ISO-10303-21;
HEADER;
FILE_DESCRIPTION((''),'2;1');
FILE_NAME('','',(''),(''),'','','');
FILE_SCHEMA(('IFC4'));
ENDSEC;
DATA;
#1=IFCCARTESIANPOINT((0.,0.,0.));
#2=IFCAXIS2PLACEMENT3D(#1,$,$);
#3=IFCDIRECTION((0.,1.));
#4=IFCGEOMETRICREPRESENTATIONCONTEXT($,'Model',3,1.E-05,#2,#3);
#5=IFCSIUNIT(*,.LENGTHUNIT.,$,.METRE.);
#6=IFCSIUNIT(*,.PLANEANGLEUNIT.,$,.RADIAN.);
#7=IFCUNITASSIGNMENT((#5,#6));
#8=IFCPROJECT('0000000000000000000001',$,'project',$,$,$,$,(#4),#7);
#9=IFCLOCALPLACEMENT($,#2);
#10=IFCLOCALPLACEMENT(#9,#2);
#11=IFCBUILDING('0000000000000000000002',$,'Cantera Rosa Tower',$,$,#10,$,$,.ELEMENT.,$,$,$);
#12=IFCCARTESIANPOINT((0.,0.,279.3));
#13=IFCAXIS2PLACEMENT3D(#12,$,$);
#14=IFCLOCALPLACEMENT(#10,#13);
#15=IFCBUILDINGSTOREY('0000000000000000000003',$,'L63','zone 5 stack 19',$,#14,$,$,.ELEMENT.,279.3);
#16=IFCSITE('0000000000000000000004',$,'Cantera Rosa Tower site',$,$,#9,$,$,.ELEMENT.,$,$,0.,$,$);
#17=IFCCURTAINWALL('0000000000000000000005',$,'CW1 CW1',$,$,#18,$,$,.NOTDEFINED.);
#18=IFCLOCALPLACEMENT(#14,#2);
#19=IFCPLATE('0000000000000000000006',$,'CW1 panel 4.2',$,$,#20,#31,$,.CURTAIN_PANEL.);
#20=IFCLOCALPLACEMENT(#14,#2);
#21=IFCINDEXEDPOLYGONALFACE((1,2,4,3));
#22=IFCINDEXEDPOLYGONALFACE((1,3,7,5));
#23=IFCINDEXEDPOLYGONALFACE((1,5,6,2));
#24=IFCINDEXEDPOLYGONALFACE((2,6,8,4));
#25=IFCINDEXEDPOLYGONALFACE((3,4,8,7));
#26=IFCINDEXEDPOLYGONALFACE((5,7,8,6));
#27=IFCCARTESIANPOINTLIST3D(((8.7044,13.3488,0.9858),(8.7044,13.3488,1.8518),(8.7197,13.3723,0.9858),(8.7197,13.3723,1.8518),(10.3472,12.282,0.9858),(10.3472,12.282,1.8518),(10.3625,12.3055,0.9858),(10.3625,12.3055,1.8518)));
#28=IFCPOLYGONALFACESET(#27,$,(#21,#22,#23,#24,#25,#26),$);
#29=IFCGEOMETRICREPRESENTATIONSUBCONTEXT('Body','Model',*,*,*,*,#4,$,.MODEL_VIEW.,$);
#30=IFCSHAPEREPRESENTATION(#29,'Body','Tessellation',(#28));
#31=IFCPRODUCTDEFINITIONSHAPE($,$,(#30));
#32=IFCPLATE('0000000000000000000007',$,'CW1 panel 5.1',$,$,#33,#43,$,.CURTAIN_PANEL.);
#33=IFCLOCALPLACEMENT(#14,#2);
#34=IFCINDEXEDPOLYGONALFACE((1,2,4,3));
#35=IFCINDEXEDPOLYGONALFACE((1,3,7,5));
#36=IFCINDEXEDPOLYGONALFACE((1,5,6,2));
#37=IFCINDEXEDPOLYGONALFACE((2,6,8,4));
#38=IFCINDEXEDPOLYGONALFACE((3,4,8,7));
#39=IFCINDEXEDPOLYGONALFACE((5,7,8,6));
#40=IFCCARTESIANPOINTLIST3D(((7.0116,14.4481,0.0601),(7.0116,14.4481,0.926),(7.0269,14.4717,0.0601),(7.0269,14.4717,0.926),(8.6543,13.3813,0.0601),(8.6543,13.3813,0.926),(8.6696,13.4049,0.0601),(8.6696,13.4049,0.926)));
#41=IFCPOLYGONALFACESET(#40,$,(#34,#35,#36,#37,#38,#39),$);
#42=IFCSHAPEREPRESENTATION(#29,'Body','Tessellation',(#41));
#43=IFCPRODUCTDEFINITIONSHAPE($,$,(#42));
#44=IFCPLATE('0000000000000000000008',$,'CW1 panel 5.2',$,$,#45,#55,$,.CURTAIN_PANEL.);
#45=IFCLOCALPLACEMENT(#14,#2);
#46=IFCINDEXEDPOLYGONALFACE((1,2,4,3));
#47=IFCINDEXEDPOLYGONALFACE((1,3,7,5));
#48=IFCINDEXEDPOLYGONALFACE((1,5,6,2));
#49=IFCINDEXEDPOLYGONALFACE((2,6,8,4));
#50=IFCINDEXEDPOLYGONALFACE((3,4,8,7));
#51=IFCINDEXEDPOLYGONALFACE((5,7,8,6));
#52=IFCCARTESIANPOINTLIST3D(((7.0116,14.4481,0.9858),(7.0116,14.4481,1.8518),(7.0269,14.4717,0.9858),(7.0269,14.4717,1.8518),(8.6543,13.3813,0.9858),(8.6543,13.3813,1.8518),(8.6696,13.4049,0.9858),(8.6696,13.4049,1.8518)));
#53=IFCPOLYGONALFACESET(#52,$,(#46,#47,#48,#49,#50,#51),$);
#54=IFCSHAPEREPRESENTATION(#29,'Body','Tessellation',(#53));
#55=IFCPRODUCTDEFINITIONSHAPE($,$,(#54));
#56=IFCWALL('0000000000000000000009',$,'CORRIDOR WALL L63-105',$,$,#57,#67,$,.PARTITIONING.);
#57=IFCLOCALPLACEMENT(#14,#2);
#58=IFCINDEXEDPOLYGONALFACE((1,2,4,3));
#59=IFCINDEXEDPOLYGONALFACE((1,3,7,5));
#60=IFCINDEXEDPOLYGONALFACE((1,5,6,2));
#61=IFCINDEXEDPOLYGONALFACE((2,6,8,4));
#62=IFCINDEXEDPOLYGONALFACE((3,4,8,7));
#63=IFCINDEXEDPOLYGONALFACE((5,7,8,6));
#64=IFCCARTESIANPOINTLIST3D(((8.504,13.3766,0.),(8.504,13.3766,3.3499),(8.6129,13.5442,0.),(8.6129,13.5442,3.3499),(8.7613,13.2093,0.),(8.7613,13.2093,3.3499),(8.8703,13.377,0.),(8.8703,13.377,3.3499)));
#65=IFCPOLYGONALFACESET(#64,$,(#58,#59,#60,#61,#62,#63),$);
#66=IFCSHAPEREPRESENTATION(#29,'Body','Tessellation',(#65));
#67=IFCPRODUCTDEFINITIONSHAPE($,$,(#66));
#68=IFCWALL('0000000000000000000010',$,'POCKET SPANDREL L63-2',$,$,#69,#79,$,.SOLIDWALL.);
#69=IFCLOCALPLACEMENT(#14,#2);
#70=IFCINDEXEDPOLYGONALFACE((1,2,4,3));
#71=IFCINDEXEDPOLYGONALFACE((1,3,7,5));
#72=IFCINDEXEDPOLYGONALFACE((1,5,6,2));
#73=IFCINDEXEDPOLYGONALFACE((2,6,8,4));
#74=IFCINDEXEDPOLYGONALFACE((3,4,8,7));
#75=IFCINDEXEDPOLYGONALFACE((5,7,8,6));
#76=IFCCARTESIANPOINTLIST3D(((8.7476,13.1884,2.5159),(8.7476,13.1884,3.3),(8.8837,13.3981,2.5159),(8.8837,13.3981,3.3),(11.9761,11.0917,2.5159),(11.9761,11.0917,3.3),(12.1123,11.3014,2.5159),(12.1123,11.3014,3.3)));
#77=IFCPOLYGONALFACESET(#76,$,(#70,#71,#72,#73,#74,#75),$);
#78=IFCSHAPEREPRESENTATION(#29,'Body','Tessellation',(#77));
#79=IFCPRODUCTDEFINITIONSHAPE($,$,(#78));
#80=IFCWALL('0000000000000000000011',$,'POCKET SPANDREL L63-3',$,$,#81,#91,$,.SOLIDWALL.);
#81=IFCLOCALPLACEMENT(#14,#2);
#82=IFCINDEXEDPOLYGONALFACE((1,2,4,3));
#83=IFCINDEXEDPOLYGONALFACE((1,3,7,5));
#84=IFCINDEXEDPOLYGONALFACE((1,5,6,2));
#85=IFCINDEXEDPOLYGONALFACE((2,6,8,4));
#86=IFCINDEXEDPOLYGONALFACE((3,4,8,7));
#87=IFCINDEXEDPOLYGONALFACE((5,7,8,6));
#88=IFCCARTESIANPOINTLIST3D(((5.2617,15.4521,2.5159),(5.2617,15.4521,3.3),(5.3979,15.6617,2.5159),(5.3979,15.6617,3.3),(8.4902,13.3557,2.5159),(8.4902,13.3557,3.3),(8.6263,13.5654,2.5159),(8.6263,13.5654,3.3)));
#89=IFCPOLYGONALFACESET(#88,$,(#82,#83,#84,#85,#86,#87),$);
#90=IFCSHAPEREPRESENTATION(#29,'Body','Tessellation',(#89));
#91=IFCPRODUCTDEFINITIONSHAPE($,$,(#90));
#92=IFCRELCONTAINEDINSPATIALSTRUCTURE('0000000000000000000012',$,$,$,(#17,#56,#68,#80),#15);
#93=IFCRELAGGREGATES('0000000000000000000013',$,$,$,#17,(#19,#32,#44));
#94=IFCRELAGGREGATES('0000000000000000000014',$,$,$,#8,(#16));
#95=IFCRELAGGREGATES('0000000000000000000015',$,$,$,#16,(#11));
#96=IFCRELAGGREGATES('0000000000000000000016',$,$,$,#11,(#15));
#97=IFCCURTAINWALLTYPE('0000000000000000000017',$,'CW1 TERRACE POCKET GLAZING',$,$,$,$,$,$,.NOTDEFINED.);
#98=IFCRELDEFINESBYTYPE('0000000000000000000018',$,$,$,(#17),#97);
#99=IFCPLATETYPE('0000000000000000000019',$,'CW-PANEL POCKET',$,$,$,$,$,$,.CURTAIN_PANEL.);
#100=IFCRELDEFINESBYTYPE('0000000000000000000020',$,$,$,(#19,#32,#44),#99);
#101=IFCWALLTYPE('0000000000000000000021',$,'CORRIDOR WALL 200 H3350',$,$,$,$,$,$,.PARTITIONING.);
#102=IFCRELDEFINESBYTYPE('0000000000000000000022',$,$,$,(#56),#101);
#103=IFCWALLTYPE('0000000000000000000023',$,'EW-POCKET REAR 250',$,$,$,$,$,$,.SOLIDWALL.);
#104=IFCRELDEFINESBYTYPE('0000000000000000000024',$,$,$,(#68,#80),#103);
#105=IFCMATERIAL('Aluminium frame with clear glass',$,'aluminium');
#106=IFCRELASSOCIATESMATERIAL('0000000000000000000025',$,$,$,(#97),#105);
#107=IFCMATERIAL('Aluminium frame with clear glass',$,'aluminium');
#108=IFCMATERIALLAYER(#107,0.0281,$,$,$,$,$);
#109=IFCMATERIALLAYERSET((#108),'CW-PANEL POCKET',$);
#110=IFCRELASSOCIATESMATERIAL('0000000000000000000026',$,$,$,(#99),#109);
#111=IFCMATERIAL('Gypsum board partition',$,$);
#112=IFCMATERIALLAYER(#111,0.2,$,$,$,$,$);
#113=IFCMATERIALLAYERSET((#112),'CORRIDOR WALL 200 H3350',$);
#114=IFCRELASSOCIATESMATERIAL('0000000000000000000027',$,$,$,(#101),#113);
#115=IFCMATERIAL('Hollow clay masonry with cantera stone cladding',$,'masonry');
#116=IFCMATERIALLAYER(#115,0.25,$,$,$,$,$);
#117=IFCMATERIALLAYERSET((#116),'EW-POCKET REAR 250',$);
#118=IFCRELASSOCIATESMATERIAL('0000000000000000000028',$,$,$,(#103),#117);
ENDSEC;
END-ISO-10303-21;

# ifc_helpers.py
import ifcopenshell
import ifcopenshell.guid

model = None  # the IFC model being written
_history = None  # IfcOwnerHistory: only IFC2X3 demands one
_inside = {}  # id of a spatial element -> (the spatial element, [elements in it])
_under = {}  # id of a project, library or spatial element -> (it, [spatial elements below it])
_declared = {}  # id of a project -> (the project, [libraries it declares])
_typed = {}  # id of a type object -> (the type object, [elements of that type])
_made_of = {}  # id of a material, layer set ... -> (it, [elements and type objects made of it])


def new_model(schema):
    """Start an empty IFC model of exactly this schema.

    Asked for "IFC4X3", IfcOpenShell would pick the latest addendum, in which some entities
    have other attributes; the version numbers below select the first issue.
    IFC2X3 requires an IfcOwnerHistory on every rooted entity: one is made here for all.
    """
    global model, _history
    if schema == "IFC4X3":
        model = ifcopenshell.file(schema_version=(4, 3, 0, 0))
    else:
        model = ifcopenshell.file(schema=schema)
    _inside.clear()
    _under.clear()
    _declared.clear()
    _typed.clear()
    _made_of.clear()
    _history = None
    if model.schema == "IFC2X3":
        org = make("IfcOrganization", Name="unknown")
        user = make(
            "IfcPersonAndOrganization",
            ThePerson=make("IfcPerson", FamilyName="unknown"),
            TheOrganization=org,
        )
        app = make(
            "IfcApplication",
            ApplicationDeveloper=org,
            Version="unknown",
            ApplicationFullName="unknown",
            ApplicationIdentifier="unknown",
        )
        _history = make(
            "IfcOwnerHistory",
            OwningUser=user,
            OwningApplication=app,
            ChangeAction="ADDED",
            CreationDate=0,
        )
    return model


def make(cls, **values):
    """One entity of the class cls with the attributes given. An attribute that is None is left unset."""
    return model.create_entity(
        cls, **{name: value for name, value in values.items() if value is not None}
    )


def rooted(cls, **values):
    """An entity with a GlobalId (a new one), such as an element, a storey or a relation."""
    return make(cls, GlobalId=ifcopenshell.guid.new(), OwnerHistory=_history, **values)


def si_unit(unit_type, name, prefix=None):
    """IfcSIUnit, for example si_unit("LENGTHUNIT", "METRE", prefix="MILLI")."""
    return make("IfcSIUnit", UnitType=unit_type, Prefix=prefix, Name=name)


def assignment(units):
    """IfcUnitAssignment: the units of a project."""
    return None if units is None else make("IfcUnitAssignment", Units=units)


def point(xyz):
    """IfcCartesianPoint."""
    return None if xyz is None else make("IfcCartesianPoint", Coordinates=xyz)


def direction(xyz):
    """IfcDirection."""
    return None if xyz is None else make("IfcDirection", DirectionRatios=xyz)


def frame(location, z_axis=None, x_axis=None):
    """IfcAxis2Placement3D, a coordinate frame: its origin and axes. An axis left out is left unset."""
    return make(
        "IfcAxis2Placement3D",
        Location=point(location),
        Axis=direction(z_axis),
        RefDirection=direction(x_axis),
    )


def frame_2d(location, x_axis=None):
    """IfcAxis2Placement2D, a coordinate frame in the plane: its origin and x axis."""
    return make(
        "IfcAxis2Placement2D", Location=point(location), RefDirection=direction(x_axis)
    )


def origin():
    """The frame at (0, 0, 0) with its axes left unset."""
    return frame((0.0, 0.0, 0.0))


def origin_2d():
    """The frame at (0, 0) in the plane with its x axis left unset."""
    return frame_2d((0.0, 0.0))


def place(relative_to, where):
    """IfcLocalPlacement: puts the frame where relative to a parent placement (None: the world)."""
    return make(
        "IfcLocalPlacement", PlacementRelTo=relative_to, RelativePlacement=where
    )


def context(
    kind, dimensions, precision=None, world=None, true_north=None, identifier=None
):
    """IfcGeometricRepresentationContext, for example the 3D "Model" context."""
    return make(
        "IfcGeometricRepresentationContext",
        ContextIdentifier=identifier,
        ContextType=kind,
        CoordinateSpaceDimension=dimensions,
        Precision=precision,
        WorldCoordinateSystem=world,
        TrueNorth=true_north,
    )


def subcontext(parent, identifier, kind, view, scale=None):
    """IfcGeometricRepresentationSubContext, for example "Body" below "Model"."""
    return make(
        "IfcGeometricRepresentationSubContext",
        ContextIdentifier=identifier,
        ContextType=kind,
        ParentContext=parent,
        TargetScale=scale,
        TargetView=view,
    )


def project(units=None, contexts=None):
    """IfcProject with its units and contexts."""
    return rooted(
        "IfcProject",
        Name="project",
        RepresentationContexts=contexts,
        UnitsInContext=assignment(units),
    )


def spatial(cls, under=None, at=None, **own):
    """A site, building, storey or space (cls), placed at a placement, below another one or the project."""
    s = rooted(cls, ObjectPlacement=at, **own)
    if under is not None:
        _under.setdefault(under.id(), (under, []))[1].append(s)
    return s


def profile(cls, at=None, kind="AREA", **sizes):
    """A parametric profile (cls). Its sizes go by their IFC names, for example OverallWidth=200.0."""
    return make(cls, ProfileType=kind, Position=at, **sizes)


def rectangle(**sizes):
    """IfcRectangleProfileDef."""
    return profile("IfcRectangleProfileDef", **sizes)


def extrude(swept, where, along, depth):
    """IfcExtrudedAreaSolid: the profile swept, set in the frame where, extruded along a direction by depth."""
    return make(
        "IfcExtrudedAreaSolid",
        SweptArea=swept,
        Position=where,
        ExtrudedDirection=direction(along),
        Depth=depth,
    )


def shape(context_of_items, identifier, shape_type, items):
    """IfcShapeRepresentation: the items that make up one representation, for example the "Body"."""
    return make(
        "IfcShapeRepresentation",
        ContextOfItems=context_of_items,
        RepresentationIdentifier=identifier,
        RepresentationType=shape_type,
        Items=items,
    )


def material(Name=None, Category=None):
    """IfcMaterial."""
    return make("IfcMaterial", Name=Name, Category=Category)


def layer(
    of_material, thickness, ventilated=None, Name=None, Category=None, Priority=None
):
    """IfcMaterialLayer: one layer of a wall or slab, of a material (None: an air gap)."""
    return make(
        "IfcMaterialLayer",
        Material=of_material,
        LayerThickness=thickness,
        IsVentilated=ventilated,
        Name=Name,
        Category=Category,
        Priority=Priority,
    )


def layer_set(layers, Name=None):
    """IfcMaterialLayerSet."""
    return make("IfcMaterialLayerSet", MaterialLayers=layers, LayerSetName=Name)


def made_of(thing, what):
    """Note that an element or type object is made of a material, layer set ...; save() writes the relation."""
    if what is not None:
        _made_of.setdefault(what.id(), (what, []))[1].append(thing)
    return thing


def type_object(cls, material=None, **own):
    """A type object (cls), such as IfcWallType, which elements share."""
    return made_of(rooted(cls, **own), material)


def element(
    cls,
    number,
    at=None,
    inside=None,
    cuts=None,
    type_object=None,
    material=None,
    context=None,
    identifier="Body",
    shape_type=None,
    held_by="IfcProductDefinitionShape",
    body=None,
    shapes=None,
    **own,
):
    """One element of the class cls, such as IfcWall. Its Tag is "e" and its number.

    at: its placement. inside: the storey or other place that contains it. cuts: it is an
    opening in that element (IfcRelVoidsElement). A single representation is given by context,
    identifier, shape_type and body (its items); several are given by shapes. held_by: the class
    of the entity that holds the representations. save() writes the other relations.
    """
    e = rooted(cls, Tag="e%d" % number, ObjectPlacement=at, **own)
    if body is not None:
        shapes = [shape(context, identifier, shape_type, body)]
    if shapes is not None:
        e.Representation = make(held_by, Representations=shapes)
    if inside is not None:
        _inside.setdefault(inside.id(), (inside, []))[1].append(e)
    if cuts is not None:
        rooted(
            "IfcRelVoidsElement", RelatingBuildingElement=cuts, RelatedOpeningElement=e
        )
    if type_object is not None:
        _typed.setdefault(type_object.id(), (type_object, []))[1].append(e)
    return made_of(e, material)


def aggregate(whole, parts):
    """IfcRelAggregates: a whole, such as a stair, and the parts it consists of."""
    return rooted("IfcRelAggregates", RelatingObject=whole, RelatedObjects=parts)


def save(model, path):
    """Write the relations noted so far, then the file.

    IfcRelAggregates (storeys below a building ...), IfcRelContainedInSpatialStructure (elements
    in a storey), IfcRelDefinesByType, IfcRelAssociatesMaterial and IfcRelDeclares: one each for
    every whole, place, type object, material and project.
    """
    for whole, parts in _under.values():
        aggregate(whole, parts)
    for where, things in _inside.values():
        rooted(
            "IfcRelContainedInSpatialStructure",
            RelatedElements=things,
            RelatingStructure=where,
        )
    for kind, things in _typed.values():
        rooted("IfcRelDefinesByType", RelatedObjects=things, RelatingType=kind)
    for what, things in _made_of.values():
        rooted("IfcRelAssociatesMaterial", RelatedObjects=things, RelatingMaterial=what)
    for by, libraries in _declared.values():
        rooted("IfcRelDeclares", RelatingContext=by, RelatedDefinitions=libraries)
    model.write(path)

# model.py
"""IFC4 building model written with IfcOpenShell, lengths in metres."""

from ifc_helpers import new_model, si_unit, direction, frame, frame_2d, origin, origin_2d, place, context, subcontext, project, spatial, rectangle, extrude, material, layer, layer_set, type_object, element, aggregate, save


model = new_model("IFC4")

# Units and contexts
model_context = context("Model", 3, precision=1e-05, world=origin(), true_north=direction((0.0, 1.0)))
body_context = subcontext(model_context, "Body", "Model", "MODEL_VIEW")
ifc_project = project(units=[si_unit("LENGTHUNIT", "METRE"), si_unit("PLANEANGLEUNIT", "RADIAN")], contexts=[model_context])

# Site, building, storey
site_placement = place(None, origin())
site = spatial("IfcSite", under=ifc_project, at=site_placement, Name="Cantera Rosa Tower site", CompositionType="ELEMENT", RefElevation=0.0)
building_placement = place(site_placement, origin())
building = spatial("IfcBuilding", under=site, at=building_placement, Name="Cantera Rosa Tower", CompositionType="ELEMENT")
storey_placement = place(building_placement, frame((0.0, 0.0, 279.3)))
storey = spatial("IfcBuildingStorey", under=building, at=storey_placement, Name="L63", Description="zone 5 stack 19", CompositionType="ELEMENT", Elevation=279.3)

# Curtain wall
ifc_material_1 = material(Name="Aluminium frame with clear glass", Category="aluminium")
curtain_wall_type = type_object("IfcCurtainWallType", Name="CW1 TERRACE POCKET GLAZING", PredefinedType="NOTDEFINED", material=ifc_material_1)
curtain_wall_placement = place(storey_placement, origin())
curtain_wall = element("IfcCurtainWall", 1, at=curtain_wall_placement, inside=storey, type_object=curtain_wall_type, Name="CW1 CW1", PredefinedType="NOTDEFINED")

# Plates
ifc_material_2 = material(Name="Aluminium frame with clear glass", Category="aluminium")
ifc_layer_1 = layer(ifc_material_2, 0.0281)
ifc_layer_set_1 = layer_set([ifc_layer_1], Name="CW-PANEL POCKET")
plate_type = type_object("IfcPlateType", Name="CW-PANEL POCKET", PredefinedType="CURTAIN_PANEL", material=ifc_layer_set_1)
plate_1_placement = place(storey_placement, frame((9.5334, 12.8271, 0.9858), z_axis=(0.0, 0.0, 1.0), x_axis=(-0.838671, 0.544639, 0.0)))
plate_1 = element("IfcPlate", 2, at=plate_1_placement, type_object=plate_type, Name="CW1 panel 4.2", PredefinedType="CURTAIN_PANEL", context=body_context, shape_type="SweptSolid", body=[
    extrude(rectangle(XDim=1.9587, YDim=0.0281, at=origin_2d()), origin(), (0.0, 0.0, 1.0), 0.866),
])
plate_2_placement = place(storey_placement, frame((7.8406, 13.9265, 0.0601), z_axis=(0.0, 0.0, 1.0), x_axis=(-0.838671, 0.544639, 0.0)))
plate_2 = element("IfcPlate", 3, at=plate_2_placement, type_object=plate_type, Name="CW1 panel 5.1", PredefinedType="CURTAIN_PANEL", context=body_context, shape_type="SweptSolid", body=[
    extrude(rectangle(XDim=1.9587, YDim=0.0281, at=origin_2d()), origin(), (0.0, 0.0, 1.0), 0.866),
])
plate_3_placement = place(storey_placement, frame((7.8406, 13.9265, 0.9858), z_axis=(0.0, 0.0, 1.0), x_axis=(-0.838671, 0.544639, 0.0)))
plate_3 = element("IfcPlate", 4, at=plate_3_placement, type_object=plate_type, Name="CW1 panel 5.2", PredefinedType="CURTAIN_PANEL", context=body_context, shape_type="SweptSolid", body=[
    extrude(rectangle(XDim=1.9587, YDim=0.0281, at=origin_2d()), origin(), (0.0, 0.0, 1.0), 0.866),
])
aggregate(curtain_wall, [plate_1, plate_2, plate_3])

# Walls
ifc_material_3 = material(Name="Gypsum board partition")
ifc_layer_2 = layer(ifc_material_3, 0.2)
ifc_layer_set_2 = layer_set([ifc_layer_2], Name="CORRIDOR WALL 200 H3350")
wall_type_1 = type_object("IfcWallType", Name="CORRIDOR WALL 200 H3350", PredefinedType="PARTITIONING", material=ifc_layer_set_2)
wall_1_placement = place(storey_placement, frame((8.8157, 13.2932, 0.0), z_axis=(0.0, 0.0, 1.0), x_axis=(-0.83848, 0.544932, 0.0)))
element("IfcWall", 5, at=wall_1_placement, inside=storey, type_object=wall_type_1, Name="CORRIDOR WALL L63-105", PredefinedType="PARTITIONING", context=body_context, shape_type="SweptSolid", body=[
    extrude(rectangle(XDim=0.3069, YDim=0.2, at=frame_2d((0.1533, 0.0))), origin(), (0.0, 0.0, 1.0), 3.3499),
])
ifc_material_4 = material(Name="Hollow clay masonry with cantera stone cladding", Category="masonry")
ifc_layer_3 = layer(ifc_material_4, 0.25)
ifc_layer_set_3 = layer_set([ifc_layer_3], Name="EW-POCKET REAR 250")
wall_type_2 = type_object("IfcWallType", Name="EW-POCKET REAR 250", PredefinedType="SOLIDWALL", material=ifc_layer_set_3)
wall_2_placement = place(storey_placement, frame((12.0442, 11.1965, 2.5159), z_axis=(0.0, 0.0, 1.0), x_axis=(-0.838664, 0.544649, 0.0)))
element("IfcWall", 6, at=wall_2_placement, inside=storey, type_object=wall_type_2, Name="POCKET SPANDREL L63-2", PredefinedType="SOLIDWALL", context=body_context, shape_type="SweptSolid", body=[
    extrude(rectangle(XDim=3.8496, YDim=0.25, at=frame_2d((1.9248, 0.0))), origin(), (0.0, 0.0, 1.0), 0.7842),
])
wall_3_placement = place(storey_placement, frame((8.5583, 13.4604, 2.5159), z_axis=(0.0, 0.0, 1.0), x_axis=(-0.838693, 0.544605, 0.0)))
element("IfcWall", 7, at=wall_3_placement, inside=storey, type_object=wall_type_2, Name="POCKET SPANDREL L63-3", PredefinedType="SOLIDWALL", context=body_context, shape_type="SweptSolid", body=[
    extrude(rectangle(XDim=3.8494, YDim=0.25, at=frame_2d((1.9248, 0.0))), origin(), (0.0, 0.0, 1.0), 0.7842),
])

save(model, "model.ifc")
